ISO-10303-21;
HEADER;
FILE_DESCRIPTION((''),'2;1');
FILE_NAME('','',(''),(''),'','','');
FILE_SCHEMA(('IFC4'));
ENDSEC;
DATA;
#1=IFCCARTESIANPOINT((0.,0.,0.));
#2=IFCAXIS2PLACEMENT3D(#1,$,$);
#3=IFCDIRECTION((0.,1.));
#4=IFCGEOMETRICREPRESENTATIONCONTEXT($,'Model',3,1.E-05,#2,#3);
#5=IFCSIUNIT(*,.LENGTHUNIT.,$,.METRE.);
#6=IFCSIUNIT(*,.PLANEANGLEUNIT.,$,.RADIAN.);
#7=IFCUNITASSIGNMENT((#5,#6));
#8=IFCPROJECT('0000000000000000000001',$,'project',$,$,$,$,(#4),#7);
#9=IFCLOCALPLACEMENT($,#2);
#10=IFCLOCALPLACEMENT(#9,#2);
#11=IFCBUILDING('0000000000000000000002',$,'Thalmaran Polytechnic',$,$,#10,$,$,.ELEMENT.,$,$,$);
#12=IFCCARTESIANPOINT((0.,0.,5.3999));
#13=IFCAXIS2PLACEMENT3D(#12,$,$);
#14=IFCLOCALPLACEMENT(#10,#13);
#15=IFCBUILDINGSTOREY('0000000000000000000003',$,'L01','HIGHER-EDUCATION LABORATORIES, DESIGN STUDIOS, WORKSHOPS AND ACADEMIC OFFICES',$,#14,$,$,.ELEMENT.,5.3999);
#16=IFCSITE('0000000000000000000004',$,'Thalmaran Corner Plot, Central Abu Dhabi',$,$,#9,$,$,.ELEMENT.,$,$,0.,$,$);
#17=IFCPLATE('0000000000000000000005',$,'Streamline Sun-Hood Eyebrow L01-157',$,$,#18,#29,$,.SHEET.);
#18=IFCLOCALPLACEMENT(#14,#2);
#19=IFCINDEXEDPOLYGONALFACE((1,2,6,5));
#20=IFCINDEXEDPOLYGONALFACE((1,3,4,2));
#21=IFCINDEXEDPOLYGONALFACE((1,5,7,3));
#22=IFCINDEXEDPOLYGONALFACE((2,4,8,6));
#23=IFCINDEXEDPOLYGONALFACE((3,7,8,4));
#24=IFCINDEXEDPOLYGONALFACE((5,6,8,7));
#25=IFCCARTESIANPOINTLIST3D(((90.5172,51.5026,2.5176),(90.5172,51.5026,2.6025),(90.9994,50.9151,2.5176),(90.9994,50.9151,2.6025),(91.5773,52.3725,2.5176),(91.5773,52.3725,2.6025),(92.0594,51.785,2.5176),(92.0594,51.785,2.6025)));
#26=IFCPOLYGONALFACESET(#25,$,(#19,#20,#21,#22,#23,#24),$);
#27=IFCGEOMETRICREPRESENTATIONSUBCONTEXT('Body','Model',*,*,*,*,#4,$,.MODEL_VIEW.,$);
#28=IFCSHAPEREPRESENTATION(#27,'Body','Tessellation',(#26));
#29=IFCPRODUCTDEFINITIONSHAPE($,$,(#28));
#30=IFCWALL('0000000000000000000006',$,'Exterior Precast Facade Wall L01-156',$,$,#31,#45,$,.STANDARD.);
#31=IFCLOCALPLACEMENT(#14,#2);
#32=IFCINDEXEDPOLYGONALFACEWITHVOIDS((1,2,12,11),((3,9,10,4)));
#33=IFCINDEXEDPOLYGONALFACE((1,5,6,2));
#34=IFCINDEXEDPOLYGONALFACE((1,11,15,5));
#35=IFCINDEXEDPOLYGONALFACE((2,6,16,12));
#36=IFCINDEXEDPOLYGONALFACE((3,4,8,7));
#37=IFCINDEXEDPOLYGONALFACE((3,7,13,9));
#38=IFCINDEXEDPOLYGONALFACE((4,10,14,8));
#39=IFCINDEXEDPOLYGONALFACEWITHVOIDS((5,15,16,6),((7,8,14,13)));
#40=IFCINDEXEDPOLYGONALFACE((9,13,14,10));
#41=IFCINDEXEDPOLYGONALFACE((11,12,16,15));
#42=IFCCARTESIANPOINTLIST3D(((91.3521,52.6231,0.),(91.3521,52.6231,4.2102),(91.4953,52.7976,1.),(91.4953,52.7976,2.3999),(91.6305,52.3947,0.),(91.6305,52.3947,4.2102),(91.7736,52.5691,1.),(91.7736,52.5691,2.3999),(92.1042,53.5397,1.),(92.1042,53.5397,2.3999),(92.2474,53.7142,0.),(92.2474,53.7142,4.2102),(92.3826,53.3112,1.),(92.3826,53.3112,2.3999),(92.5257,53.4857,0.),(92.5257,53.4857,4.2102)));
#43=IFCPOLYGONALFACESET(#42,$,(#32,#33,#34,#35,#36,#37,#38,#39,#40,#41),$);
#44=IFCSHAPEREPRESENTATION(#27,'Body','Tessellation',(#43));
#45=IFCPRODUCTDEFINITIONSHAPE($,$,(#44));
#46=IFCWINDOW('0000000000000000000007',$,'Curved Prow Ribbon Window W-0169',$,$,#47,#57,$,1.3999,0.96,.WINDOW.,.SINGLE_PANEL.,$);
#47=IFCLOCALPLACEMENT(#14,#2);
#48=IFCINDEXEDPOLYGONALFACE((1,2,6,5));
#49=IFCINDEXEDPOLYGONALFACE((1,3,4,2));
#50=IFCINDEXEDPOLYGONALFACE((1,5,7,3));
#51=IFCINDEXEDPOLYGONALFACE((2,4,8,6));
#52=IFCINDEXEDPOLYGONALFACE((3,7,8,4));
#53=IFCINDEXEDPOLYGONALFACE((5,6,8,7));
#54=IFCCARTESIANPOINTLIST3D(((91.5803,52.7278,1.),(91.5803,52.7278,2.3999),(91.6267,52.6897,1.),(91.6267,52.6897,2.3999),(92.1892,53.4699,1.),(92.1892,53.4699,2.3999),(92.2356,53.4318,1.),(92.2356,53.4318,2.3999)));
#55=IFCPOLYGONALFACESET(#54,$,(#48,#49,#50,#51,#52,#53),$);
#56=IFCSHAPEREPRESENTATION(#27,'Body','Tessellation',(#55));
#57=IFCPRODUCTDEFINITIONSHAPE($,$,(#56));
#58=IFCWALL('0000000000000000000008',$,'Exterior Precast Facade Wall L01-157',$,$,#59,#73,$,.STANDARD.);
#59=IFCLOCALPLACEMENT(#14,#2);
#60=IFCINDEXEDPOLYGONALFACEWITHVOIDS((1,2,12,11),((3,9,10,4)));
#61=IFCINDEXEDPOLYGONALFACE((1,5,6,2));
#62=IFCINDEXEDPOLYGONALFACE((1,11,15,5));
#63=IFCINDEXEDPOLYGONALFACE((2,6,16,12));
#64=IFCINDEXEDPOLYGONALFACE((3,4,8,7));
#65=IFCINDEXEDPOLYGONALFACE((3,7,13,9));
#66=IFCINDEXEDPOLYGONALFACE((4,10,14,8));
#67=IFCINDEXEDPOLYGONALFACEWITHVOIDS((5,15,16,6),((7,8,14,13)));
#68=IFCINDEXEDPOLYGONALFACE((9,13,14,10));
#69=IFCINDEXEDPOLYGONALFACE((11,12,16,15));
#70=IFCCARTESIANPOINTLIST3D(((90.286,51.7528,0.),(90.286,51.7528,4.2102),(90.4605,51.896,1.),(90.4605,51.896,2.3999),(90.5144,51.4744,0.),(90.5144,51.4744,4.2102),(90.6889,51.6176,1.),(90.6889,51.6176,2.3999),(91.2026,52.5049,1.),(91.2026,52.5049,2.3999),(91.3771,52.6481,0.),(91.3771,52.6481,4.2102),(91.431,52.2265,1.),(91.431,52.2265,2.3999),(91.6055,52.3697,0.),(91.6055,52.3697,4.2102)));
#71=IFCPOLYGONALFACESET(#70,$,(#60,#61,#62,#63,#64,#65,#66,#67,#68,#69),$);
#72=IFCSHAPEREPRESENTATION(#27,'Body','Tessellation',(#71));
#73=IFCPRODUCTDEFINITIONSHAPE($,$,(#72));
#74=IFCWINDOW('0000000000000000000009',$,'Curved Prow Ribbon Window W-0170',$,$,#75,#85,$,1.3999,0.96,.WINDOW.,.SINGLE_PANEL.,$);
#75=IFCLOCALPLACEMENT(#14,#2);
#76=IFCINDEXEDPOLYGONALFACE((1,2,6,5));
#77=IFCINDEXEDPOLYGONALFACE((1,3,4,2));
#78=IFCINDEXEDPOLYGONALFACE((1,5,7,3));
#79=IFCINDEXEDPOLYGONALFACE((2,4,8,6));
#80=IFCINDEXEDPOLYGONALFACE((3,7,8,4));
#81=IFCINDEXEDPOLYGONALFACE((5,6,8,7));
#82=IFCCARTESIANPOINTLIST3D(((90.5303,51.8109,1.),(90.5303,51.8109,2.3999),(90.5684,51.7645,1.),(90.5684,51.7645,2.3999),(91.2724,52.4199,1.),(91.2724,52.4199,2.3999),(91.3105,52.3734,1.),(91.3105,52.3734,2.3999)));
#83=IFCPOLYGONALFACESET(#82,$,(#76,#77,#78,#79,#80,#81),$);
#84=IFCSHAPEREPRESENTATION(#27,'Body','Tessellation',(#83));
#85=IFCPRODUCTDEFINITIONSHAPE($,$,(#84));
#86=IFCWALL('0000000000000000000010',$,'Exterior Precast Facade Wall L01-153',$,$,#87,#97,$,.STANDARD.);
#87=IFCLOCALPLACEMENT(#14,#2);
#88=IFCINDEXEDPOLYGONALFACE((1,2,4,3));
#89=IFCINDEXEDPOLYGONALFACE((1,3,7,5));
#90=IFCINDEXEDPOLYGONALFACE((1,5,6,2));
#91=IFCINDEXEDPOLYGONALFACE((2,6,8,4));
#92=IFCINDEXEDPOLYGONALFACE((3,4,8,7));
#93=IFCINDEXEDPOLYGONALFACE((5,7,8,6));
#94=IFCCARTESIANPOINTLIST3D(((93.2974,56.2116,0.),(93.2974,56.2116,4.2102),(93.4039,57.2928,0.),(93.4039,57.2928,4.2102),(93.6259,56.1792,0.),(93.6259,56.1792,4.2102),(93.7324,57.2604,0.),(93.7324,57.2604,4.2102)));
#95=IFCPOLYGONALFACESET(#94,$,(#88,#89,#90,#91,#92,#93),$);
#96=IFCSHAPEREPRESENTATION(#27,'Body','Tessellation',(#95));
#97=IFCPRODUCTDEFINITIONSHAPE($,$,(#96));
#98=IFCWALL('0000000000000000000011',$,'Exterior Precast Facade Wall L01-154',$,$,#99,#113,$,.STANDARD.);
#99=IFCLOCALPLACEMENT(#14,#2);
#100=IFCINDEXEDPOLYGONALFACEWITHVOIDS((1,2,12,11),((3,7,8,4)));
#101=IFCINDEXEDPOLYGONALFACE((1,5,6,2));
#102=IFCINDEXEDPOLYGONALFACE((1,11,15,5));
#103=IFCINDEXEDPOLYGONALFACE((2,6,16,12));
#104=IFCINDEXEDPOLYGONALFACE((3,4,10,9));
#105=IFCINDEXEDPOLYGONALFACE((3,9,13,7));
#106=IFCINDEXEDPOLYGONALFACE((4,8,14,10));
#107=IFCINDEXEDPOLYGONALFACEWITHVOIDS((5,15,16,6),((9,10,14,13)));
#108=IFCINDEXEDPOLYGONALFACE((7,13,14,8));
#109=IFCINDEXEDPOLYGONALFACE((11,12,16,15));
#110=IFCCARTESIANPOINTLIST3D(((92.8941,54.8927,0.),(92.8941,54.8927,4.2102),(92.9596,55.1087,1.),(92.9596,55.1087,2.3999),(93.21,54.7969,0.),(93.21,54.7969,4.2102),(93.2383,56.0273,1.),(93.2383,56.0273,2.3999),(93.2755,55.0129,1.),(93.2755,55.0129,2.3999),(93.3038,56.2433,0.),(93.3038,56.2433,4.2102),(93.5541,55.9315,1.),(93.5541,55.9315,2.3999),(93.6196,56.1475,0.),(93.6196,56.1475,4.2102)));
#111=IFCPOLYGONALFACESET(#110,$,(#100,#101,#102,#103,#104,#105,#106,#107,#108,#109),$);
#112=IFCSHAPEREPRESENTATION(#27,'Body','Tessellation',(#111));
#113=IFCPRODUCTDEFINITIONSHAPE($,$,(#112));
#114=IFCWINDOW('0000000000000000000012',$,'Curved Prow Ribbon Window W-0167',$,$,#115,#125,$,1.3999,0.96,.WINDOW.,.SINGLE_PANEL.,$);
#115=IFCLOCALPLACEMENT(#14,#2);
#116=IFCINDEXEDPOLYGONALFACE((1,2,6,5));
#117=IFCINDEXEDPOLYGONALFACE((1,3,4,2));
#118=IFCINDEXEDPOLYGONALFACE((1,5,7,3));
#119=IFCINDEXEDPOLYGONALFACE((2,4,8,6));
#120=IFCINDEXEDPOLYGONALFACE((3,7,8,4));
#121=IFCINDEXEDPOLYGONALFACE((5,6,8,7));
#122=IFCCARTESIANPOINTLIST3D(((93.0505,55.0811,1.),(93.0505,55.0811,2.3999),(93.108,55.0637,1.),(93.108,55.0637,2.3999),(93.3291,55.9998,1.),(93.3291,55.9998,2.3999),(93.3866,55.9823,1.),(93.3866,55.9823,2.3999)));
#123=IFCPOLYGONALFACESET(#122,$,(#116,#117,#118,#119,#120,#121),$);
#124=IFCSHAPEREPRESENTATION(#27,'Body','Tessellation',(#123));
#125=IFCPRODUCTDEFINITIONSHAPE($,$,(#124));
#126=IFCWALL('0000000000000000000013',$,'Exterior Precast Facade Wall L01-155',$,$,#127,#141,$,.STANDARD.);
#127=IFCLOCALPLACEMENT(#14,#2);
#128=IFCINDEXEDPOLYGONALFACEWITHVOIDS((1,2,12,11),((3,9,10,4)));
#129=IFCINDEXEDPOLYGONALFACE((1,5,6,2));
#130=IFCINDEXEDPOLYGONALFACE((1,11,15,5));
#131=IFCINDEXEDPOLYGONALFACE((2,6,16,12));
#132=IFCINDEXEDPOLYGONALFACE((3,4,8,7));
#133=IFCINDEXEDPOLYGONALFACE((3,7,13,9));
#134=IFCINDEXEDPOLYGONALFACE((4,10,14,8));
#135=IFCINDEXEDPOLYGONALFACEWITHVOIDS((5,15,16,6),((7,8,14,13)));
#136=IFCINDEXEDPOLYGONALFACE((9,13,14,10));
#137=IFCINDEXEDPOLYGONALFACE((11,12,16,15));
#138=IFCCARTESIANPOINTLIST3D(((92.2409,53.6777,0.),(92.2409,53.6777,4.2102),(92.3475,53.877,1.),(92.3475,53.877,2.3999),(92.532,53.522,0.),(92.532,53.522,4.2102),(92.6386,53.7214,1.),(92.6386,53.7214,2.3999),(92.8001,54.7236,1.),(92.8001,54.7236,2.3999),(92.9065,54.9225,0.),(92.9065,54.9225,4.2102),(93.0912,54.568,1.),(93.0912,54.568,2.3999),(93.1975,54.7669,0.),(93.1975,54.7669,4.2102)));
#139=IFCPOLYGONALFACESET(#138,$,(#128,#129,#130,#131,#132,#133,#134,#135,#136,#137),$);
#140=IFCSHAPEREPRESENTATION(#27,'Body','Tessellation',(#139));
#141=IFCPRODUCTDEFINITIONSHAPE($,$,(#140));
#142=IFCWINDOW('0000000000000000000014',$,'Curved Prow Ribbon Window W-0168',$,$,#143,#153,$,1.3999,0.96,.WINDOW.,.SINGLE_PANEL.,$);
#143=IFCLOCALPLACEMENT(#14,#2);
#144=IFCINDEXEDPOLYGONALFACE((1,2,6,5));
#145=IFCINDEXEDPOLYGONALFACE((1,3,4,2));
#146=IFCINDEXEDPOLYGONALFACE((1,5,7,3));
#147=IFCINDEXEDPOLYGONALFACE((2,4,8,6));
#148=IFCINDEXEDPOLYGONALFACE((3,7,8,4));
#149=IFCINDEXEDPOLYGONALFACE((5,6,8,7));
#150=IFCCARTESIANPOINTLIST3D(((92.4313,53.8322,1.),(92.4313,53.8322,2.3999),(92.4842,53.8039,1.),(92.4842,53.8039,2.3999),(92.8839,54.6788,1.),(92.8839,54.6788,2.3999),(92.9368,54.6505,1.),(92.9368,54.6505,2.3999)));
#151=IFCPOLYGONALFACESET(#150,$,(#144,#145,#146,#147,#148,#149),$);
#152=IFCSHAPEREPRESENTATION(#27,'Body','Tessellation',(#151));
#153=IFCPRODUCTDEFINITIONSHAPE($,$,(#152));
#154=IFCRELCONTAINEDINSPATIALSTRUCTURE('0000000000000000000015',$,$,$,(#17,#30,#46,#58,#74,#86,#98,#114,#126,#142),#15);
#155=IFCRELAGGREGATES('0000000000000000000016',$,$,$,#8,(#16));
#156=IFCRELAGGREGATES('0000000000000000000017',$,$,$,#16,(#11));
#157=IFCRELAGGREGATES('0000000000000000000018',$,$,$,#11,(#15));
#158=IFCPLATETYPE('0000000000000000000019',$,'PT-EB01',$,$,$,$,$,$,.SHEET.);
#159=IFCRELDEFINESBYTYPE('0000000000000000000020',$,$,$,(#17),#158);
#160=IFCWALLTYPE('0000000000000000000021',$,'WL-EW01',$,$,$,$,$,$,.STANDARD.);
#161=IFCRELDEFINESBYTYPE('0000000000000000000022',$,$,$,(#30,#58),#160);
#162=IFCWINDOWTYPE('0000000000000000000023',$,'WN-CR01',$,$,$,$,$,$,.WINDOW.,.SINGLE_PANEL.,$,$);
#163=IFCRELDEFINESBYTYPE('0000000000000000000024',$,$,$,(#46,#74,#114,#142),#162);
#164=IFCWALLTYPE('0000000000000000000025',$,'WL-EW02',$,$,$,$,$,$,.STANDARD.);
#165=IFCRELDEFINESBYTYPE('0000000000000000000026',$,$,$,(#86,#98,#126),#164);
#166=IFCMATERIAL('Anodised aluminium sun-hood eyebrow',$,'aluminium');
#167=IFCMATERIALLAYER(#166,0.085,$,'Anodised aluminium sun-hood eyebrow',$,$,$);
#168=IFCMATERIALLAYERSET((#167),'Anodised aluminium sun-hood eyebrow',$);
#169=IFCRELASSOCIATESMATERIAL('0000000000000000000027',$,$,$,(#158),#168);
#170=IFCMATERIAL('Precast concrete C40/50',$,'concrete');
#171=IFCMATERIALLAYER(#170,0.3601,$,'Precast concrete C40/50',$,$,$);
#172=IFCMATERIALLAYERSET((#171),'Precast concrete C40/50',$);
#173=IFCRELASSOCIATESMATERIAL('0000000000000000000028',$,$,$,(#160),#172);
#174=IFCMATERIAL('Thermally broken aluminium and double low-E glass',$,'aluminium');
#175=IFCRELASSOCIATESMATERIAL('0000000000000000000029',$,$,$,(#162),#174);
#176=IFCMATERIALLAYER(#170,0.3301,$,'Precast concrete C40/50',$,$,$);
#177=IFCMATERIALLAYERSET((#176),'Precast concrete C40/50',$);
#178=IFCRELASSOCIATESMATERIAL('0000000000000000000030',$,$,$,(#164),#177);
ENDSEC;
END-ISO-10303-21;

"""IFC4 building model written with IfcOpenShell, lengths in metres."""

from ifc_helpers import new_model, si_unit, direction, frame, frame_2d, origin, origin_2d, place, context, subcontext, project, spatial, rectangle, extrude, material, layer, layer_set, type_object, element, fill, save


model = new_model("IFC4")

# Units and contexts
model_context = context("Model", 3, precision=1e-05, world=origin(), true_north=direction((0.0, 1.0)))
body_context = subcontext(model_context, "Body", "Model", "MODEL_VIEW")
ifc_project = project(units=[si_unit("LENGTHUNIT", "METRE"), si_unit("PLANEANGLEUNIT", "RADIAN")], contexts=[model_context])

# Site, building, storey
site_placement = place(None, origin())
site = spatial("IfcSite", under=ifc_project, at=site_placement, Name="Thalmaran Corner Plot, Central Abu Dhabi", CompositionType="ELEMENT", RefElevation=0.0)
building_placement = place(site_placement, origin())
building = spatial("IfcBuilding", under=site, at=building_placement, Name="Thalmaran Polytechnic", CompositionType="ELEMENT")
storey_placement = place(building_placement, frame((0.0, 0.0, 5.3999)))
storey = spatial("IfcBuildingStorey", under=building, at=storey_placement, Name="L01", Description="HIGHER-EDUCATION LABORATORIES, DESIGN STUDIOS, WORKSHOPS AND ACADEMIC OFFICES", CompositionType="ELEMENT", Elevation=5.3999)

# Plate
ifc_material_1 = material(Name="Anodised aluminium sun-hood eyebrow", Category="aluminium")
ifc_layer_1 = layer(ifc_material_1, 0.085, Name="Anodised aluminium sun-hood eyebrow")
ifc_layer_set_1 = layer_set([ifc_layer_1], Name="Anodised aluminium sun-hood eyebrow")
plate_type_1 = type_object("IfcPlateType", Name="PT-EB01", PredefinedType="SHEET", material=ifc_layer_set_1)
for number, where, z_axis, x_axis, name in (
    (1, (91.2883, 51.6438, 2.5176), (0.0, 0.0, 1.0), (-0.77301, -0.634393, 0.0), "Streamline Sun-Hood Eyebrow L01-157"),
):
    element("IfcPlate", number, at=place(storey_placement, frame(where, z_axis=z_axis, x_axis=x_axis)), inside=storey, type_object=plate_type_1, Name=name, PredefinedType="SHEET", context=body_context, shape_type="SweptSolid", body=[
        extrude(rectangle(XDim=1.3713, YDim=0.76, at=origin_2d()), origin(), (0.0, 0.0, 1.0), 0.085),
    ])

# Walls, openings, windows
ifc_material_2 = material(Name="Precast concrete C40/50", Category="concrete")
ifc_layer_2 = layer(ifc_material_2, 0.3601, Name="Precast concrete C40/50")
ifc_layer_set_2 = layer_set([ifc_layer_2], Name="Precast concrete C40/50")
wall_type_1 = type_object("IfcWallType", Name="WL-EW01", PredefinedType="STANDARD", material=ifc_layer_set_2)
wall_1_placement = place(storey_placement, frame((92.3865, 53.5999, 0.0), z_axis=(0.0, 0.0, 1.0), x_axis=(-0.63433, -0.773062, 0.0)))
wall_1 = element("IfcWall", 2, at=wall_1_placement, inside=storey, type_object=wall_type_1, Name="Exterior Precast Facade Wall L01-156", PredefinedType="STANDARD", context=body_context, shape_type="SweptSolid", body=[
    extrude(rectangle(XDim=1.4114, YDim=0.3601, at=frame_2d((0.7056, 0.0))), origin(), (0.0, 0.0, 1.0), 4.2102),
])
opening_1_placement = place(wall_1_placement, frame((0.2256, 0.0, 1.0)))
opening_1 = element("IfcOpeningElement", 3, at=opening_1_placement, cuts=wall_1, PredefinedType="OPENING", context=body_context, shape_type="SweptSolid", body=[
    extrude(rectangle(XDim=0.96, YDim=1.3999, at=frame_2d((0.48, 0.7))), frame((0.0, 0.1899, 0.0), z_axis=(0.0, -1.0, 0.0), x_axis=(1.0, 0.0, 0.0)), (0.0, 0.0, 1.0), 0.3801),
])
ifc_material_3 = material(Name="Thermally broken aluminium and double low-E glass", Category="aluminium")
window_type = type_object("IfcWindowType", Name="WN-CR01", PartitioningType="SINGLE_PANEL", PredefinedType="WINDOW", material=ifc_material_3)
window_1_placement = place(opening_1_placement, origin())
window_1 = element("IfcWindow", 4, at=window_1_placement, inside=storey, type_object=window_type, Name="Curved Prow Ribbon Window W-0169", OverallHeight=1.3999, OverallWidth=0.96, PartitioningType="SINGLE_PANEL", PredefinedType="WINDOW", context=body_context, shape_type="SweptSolid", body=[
    extrude(rectangle(XDim=0.96, YDim=1.3999, at=frame_2d((0.48, 0.7))), frame((0.0, -0.01, 0.0), z_axis=(0.0, -1.0, 0.0), x_axis=(1.0, 0.0, 0.0)), (0.0, 0.0, 1.0), 0.0601),
])
fill(opening_1, window_1)
wall_2_placement = place(storey_placement, frame((91.4912, 52.5088, 0.0), z_axis=(0.0, 0.0, 1.0), x_axis=(-0.773062, -0.63433, 0.0)))
wall_2 = element("IfcWall", 5, at=wall_2_placement, inside=storey, type_object=wall_type_1, Name="Exterior Precast Facade Wall L01-157", PredefinedType="STANDARD", context=body_context, shape_type="SweptSolid", body=[
    extrude(rectangle(XDim=1.4114, YDim=0.3601, at=frame_2d((0.7056, 0.0))), origin(), (0.0, 0.0, 1.0), 4.2102),
])
opening_2_placement = place(wall_2_placement, frame((0.2256, 0.0, 1.0)))
opening_2 = element("IfcOpeningElement", 6, at=opening_2_placement, cuts=wall_2, PredefinedType="OPENING", context=body_context, shape_type="SweptSolid", body=[
    extrude(rectangle(XDim=0.96, YDim=1.3999, at=frame_2d((0.48, 0.7))), frame((0.0, 0.1899, 0.0), z_axis=(0.0, -1.0, 0.0), x_axis=(1.0, 0.0, 0.0)), (0.0, 0.0, 1.0), 0.3801),
])
window_2_placement = place(opening_2_placement, origin())
window_2 = element("IfcWindow", 7, at=window_2_placement, inside=storey, type_object=window_type, Name="Curved Prow Ribbon Window W-0170", OverallHeight=1.3999, OverallWidth=0.96, PartitioningType="SINGLE_PANEL", PredefinedType="WINDOW", context=body_context, shape_type="SweptSolid", body=[
    extrude(rectangle(XDim=0.96, YDim=1.3999, at=frame_2d((0.48, 0.7))), frame((0.0, -0.01, 0.0), z_axis=(0.0, -1.0, 0.0), x_axis=(1.0, 0.0, 0.0)), (0.0, 0.0, 1.0), 0.0601),
])
fill(opening_2, window_2)

# Wall
ifc_layer_3 = layer(ifc_material_2, 0.3301, Name="Precast concrete C40/50")
ifc_layer_set_3 = layer_set([ifc_layer_3], Name="Precast concrete C40/50")
wall_type_2 = type_object("IfcWallType", Name="WL-EW02", PredefinedType="STANDARD", material=ifc_layer_set_3)
wall_3_placement = place(storey_placement, frame((93.5681, 57.2766, 0.0), z_axis=(0.0, 0.0, 1.0), x_axis=(-0.097969, -0.99519, 0.0)))
element("IfcWall", 8, at=wall_3_placement, inside=storey, type_object=wall_type_2, Name="Exterior Precast Facade Wall L01-153", PredefinedType="STANDARD", context=body_context, shape_type="SweptSolid", body=[
    extrude(rectangle(XDim=1.0864, YDim=0.3301, at=frame_2d((0.5432, 0.0))), origin(), (0.0, 0.0, 1.0), 4.2102),
])

# Walls, openings, windows
wall_4_placement = place(storey_placement, frame((93.4617, 56.1953, 0.0), z_axis=(0.0, 0.0, 1.0), x_axis=(-0.290267, -0.956946, 0.0)))
wall_4 = element("IfcWall", 9, at=wall_4_placement, inside=storey, type_object=wall_type_2, Name="Exterior Precast Facade Wall L01-154", PredefinedType="STANDARD", context=body_context, shape_type="SweptSolid", body=[
    extrude(rectangle(XDim=1.4114, YDim=0.3301, at=frame_2d((0.7056, 0.0))), origin(), (0.0, 0.0, 1.0), 4.2102),
])
opening_3_placement = place(wall_4_placement, frame((0.2256, 0.0, 1.0)))
opening_3 = element("IfcOpeningElement", 10, at=opening_3_placement, cuts=wall_4, PredefinedType="OPENING", context=body_context, shape_type="SweptSolid", body=[
    extrude(rectangle(XDim=0.96, YDim=1.3999, at=frame_2d((0.48, 0.7))), frame((0.0, 0.175, 0.0), z_axis=(0.0, -1.0, 0.0), x_axis=(1.0, 0.0, 0.0)), (0.0, 0.0, 1.0), 0.3501),
])
window_3_placement = place(opening_3_placement, origin())
window_3 = element("IfcWindow", 11, at=window_3_placement, inside=storey, type_object=window_type, Name="Curved Prow Ribbon Window W-0167", OverallHeight=1.3999, OverallWidth=0.96, PartitioningType="SINGLE_PANEL", PredefinedType="WINDOW", context=body_context, shape_type="SweptSolid", body=[
    extrude(rectangle(XDim=0.96, YDim=1.3999, at=frame_2d((0.48, 0.7))), frame((0.0, -0.01, 0.0), z_axis=(0.0, -1.0, 0.0), x_axis=(1.0, 0.0, 0.0)), (0.0, 0.0, 1.0), 0.0601),
])
fill(opening_3, window_3)
wall_5_placement = place(storey_placement, frame((93.052, 54.8447, 0.0), z_axis=(0.0, 0.0, 1.0), x_axis=(-0.471468, -0.881883, 0.0)))
wall_5 = element("IfcWall", 12, at=wall_5_placement, inside=storey, type_object=wall_type_2, Name="Exterior Precast Facade Wall L01-155", PredefinedType="STANDARD", context=body_context, shape_type="SweptSolid", body=[
    extrude(rectangle(XDim=1.4116, YDim=0.3301, at=frame_2d((0.7058, 0.0))), origin(), (0.0, 0.0, 1.0), 4.2102),
])
opening_4_placement = place(wall_5_placement, frame((0.2256, 0.0, 1.0)))
opening_4 = element("IfcOpeningElement", 13, at=opening_4_placement, cuts=wall_5, PredefinedType="OPENING", context=body_context, shape_type="SweptSolid", body=[
    extrude(rectangle(XDim=0.96, YDim=1.3999, at=frame_2d((0.48, 0.7))), frame((0.0, 0.175, 0.0), z_axis=(0.0, -1.0, 0.0), x_axis=(1.0, 0.0, 0.0)), (0.0, 0.0, 1.0), 0.3501),
])
window_4_placement = place(opening_4_placement, origin())
window_4 = element("IfcWindow", 14, at=window_4_placement, inside=storey, type_object=window_type, Name="Curved Prow Ribbon Window W-0168", OverallHeight=1.3999, OverallWidth=0.96, PartitioningType="SINGLE_PANEL", PredefinedType="WINDOW", context=body_context, shape_type="SweptSolid", body=[
    extrude(rectangle(XDim=0.96, YDim=1.3999, at=frame_2d((0.48, 0.7))), frame((0.0, -0.01, 0.0), z_axis=(0.0, -1.0, 0.0), x_axis=(1.0, 0.0, 0.0)), (0.0, 0.0, 1.0), 0.0601),
])
fill(opening_4, window_4)

save(model, "model.ifc")
